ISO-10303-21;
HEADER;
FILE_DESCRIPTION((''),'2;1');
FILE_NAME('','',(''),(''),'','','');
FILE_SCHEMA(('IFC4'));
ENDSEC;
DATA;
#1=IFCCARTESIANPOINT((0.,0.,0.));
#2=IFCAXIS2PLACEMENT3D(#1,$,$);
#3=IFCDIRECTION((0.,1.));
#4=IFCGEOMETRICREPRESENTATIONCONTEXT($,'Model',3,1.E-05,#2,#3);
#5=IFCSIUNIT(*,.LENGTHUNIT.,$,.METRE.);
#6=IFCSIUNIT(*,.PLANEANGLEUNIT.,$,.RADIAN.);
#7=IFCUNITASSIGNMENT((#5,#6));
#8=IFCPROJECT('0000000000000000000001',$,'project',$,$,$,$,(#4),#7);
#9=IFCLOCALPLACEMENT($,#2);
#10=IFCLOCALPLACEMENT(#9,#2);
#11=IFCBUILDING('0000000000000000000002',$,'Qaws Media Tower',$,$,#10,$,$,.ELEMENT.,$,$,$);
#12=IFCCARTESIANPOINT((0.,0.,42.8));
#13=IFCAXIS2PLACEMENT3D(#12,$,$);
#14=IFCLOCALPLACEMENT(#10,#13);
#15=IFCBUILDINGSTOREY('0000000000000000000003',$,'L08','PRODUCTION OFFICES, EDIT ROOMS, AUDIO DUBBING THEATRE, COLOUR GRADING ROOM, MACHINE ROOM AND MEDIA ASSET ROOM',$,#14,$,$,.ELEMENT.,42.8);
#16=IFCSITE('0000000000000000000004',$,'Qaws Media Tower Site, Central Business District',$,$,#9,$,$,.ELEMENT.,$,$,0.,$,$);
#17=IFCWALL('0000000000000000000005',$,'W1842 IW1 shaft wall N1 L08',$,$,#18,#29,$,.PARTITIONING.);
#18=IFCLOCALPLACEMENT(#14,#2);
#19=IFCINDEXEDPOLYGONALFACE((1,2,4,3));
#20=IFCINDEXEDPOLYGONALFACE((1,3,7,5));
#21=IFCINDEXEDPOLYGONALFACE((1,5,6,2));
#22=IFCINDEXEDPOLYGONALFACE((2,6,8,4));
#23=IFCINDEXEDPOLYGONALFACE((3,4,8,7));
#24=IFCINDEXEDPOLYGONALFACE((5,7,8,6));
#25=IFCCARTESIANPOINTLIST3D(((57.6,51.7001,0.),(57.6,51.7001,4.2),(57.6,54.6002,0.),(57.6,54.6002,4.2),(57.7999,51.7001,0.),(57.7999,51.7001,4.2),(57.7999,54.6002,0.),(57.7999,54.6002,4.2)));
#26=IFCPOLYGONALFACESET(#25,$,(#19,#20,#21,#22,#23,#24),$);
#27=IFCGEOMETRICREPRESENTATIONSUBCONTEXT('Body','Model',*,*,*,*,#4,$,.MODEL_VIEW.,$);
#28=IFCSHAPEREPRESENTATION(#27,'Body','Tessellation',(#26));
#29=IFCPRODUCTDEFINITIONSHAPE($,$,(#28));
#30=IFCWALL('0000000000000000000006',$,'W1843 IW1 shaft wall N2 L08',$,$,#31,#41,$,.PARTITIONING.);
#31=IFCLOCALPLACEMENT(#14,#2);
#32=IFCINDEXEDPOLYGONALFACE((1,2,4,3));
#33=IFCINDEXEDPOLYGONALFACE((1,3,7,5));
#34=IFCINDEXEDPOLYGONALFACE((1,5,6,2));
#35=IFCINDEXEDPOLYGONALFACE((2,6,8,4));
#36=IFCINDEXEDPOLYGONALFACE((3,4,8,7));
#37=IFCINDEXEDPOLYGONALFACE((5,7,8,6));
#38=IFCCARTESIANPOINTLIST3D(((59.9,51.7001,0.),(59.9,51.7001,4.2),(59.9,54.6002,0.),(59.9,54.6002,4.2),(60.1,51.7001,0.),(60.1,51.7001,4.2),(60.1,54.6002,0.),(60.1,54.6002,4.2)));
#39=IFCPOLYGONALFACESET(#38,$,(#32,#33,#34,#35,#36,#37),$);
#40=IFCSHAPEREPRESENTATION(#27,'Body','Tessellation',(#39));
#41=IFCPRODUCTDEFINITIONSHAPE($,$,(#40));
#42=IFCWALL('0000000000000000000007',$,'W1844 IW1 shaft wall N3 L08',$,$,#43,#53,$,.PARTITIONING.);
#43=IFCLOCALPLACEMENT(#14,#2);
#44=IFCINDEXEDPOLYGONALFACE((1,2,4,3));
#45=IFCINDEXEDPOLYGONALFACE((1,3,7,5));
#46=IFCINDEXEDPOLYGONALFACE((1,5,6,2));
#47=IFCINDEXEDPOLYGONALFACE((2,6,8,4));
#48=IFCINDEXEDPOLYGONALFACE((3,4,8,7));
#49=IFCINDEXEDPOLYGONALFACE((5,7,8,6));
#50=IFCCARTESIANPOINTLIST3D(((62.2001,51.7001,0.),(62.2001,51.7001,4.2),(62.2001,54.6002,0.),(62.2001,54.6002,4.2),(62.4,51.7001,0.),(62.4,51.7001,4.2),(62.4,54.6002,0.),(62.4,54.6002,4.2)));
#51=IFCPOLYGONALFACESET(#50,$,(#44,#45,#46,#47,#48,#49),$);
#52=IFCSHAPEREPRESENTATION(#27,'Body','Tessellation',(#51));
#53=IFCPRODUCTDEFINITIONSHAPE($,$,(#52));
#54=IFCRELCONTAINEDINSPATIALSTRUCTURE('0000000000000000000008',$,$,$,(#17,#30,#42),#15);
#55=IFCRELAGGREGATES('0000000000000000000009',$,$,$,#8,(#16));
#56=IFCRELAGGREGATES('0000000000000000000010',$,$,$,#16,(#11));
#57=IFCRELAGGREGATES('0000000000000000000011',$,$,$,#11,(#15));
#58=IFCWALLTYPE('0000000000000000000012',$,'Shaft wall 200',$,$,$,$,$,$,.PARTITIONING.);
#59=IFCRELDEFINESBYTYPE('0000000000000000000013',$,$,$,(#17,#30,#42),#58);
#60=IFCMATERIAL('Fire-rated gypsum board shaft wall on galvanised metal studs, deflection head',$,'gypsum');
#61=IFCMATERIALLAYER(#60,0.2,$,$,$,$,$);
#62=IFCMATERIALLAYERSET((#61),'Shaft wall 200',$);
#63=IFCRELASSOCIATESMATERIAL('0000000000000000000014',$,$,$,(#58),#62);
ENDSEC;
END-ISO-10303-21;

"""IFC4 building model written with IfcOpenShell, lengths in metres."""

from ifc_helpers import new_model, si_unit, direction, frame, frame_2d, origin, place, context, subcontext, project, spatial, rectangle, extrude, material, layer, layer_set, type_object, element, save


model = new_model("IFC4")

# Units and contexts
model_context = context("Model", 3, precision=1e-05, world=origin(), true_north=direction((0.0, 1.0)))
body_context = subcontext(model_context, "Body", "Model", "MODEL_VIEW")
ifc_project = project(units=[si_unit("LENGTHUNIT", "METRE"), si_unit("PLANEANGLEUNIT", "RADIAN")], contexts=[model_context])

# Site, building, storey
site_placement = place(None, origin())
site = spatial("IfcSite", under=ifc_project, at=site_placement, Name="Qaws Media Tower Site, Central Business District", CompositionType="ELEMENT", RefElevation=0.0)
building_placement = place(site_placement, origin())
building = spatial("IfcBuilding", under=site, at=building_placement, Name="Qaws Media Tower", CompositionType="ELEMENT")
storey_placement = place(building_placement, frame((0.0, 0.0, 42.8)))
storey = spatial("IfcBuildingStorey", under=building, at=storey_placement, Name="L08", Description="PRODUCTION OFFICES, EDIT ROOMS, AUDIO DUBBING THEATRE, COLOUR GRADING ROOM, MACHINE ROOM AND MEDIA ASSET ROOM", CompositionType="ELEMENT", Elevation=42.8)

# Walls
ifc_material_1 = material(Name="Fire-rated gypsum board shaft wall on galvanised metal studs, deflection head", Category="gypsum")
ifc_layer_1 = layer(ifc_material_1, 0.2)
ifc_layer_set_1 = layer_set([ifc_layer_1], Name="Shaft wall 200")
wall_type_1 = type_object("IfcWallType", Name="Shaft wall 200", PredefinedType="PARTITIONING", material=ifc_layer_set_1)
for number, where, z_axis, x_axis, name in (
    (1, (57.7, 51.7, 0.0), (0.0, 0.0, 1.0), (0.0, 1.0, 0.0), "W1842 IW1 shaft wall N1 L08"),
    (2, (60.0, 51.7, 0.0), (0.0, 0.0, 1.0), (0.0, 1.0, 0.0), "W1843 IW1 shaft wall N2 L08"),
    (3, (62.3, 51.7, 0.0), (0.0, 0.0, 1.0), (0.0, 1.0, 0.0), "W1844 IW1 shaft wall N3 L08"),
):
    element("IfcWall", number, at=place(storey_placement, frame(where, z_axis=z_axis, x_axis=x_axis)), inside=storey, type_object=wall_type_1, Name=name, PredefinedType="PARTITIONING", context=body_context, shape_type="SweptSolid", body=[
        extrude(rectangle(XDim=2.9001, YDim=0.2, at=frame_2d((1.4502, 0.0))), origin(), (0.0, 0.0, 1.0), 4.2),
    ])

save(model, "model.ifc")
